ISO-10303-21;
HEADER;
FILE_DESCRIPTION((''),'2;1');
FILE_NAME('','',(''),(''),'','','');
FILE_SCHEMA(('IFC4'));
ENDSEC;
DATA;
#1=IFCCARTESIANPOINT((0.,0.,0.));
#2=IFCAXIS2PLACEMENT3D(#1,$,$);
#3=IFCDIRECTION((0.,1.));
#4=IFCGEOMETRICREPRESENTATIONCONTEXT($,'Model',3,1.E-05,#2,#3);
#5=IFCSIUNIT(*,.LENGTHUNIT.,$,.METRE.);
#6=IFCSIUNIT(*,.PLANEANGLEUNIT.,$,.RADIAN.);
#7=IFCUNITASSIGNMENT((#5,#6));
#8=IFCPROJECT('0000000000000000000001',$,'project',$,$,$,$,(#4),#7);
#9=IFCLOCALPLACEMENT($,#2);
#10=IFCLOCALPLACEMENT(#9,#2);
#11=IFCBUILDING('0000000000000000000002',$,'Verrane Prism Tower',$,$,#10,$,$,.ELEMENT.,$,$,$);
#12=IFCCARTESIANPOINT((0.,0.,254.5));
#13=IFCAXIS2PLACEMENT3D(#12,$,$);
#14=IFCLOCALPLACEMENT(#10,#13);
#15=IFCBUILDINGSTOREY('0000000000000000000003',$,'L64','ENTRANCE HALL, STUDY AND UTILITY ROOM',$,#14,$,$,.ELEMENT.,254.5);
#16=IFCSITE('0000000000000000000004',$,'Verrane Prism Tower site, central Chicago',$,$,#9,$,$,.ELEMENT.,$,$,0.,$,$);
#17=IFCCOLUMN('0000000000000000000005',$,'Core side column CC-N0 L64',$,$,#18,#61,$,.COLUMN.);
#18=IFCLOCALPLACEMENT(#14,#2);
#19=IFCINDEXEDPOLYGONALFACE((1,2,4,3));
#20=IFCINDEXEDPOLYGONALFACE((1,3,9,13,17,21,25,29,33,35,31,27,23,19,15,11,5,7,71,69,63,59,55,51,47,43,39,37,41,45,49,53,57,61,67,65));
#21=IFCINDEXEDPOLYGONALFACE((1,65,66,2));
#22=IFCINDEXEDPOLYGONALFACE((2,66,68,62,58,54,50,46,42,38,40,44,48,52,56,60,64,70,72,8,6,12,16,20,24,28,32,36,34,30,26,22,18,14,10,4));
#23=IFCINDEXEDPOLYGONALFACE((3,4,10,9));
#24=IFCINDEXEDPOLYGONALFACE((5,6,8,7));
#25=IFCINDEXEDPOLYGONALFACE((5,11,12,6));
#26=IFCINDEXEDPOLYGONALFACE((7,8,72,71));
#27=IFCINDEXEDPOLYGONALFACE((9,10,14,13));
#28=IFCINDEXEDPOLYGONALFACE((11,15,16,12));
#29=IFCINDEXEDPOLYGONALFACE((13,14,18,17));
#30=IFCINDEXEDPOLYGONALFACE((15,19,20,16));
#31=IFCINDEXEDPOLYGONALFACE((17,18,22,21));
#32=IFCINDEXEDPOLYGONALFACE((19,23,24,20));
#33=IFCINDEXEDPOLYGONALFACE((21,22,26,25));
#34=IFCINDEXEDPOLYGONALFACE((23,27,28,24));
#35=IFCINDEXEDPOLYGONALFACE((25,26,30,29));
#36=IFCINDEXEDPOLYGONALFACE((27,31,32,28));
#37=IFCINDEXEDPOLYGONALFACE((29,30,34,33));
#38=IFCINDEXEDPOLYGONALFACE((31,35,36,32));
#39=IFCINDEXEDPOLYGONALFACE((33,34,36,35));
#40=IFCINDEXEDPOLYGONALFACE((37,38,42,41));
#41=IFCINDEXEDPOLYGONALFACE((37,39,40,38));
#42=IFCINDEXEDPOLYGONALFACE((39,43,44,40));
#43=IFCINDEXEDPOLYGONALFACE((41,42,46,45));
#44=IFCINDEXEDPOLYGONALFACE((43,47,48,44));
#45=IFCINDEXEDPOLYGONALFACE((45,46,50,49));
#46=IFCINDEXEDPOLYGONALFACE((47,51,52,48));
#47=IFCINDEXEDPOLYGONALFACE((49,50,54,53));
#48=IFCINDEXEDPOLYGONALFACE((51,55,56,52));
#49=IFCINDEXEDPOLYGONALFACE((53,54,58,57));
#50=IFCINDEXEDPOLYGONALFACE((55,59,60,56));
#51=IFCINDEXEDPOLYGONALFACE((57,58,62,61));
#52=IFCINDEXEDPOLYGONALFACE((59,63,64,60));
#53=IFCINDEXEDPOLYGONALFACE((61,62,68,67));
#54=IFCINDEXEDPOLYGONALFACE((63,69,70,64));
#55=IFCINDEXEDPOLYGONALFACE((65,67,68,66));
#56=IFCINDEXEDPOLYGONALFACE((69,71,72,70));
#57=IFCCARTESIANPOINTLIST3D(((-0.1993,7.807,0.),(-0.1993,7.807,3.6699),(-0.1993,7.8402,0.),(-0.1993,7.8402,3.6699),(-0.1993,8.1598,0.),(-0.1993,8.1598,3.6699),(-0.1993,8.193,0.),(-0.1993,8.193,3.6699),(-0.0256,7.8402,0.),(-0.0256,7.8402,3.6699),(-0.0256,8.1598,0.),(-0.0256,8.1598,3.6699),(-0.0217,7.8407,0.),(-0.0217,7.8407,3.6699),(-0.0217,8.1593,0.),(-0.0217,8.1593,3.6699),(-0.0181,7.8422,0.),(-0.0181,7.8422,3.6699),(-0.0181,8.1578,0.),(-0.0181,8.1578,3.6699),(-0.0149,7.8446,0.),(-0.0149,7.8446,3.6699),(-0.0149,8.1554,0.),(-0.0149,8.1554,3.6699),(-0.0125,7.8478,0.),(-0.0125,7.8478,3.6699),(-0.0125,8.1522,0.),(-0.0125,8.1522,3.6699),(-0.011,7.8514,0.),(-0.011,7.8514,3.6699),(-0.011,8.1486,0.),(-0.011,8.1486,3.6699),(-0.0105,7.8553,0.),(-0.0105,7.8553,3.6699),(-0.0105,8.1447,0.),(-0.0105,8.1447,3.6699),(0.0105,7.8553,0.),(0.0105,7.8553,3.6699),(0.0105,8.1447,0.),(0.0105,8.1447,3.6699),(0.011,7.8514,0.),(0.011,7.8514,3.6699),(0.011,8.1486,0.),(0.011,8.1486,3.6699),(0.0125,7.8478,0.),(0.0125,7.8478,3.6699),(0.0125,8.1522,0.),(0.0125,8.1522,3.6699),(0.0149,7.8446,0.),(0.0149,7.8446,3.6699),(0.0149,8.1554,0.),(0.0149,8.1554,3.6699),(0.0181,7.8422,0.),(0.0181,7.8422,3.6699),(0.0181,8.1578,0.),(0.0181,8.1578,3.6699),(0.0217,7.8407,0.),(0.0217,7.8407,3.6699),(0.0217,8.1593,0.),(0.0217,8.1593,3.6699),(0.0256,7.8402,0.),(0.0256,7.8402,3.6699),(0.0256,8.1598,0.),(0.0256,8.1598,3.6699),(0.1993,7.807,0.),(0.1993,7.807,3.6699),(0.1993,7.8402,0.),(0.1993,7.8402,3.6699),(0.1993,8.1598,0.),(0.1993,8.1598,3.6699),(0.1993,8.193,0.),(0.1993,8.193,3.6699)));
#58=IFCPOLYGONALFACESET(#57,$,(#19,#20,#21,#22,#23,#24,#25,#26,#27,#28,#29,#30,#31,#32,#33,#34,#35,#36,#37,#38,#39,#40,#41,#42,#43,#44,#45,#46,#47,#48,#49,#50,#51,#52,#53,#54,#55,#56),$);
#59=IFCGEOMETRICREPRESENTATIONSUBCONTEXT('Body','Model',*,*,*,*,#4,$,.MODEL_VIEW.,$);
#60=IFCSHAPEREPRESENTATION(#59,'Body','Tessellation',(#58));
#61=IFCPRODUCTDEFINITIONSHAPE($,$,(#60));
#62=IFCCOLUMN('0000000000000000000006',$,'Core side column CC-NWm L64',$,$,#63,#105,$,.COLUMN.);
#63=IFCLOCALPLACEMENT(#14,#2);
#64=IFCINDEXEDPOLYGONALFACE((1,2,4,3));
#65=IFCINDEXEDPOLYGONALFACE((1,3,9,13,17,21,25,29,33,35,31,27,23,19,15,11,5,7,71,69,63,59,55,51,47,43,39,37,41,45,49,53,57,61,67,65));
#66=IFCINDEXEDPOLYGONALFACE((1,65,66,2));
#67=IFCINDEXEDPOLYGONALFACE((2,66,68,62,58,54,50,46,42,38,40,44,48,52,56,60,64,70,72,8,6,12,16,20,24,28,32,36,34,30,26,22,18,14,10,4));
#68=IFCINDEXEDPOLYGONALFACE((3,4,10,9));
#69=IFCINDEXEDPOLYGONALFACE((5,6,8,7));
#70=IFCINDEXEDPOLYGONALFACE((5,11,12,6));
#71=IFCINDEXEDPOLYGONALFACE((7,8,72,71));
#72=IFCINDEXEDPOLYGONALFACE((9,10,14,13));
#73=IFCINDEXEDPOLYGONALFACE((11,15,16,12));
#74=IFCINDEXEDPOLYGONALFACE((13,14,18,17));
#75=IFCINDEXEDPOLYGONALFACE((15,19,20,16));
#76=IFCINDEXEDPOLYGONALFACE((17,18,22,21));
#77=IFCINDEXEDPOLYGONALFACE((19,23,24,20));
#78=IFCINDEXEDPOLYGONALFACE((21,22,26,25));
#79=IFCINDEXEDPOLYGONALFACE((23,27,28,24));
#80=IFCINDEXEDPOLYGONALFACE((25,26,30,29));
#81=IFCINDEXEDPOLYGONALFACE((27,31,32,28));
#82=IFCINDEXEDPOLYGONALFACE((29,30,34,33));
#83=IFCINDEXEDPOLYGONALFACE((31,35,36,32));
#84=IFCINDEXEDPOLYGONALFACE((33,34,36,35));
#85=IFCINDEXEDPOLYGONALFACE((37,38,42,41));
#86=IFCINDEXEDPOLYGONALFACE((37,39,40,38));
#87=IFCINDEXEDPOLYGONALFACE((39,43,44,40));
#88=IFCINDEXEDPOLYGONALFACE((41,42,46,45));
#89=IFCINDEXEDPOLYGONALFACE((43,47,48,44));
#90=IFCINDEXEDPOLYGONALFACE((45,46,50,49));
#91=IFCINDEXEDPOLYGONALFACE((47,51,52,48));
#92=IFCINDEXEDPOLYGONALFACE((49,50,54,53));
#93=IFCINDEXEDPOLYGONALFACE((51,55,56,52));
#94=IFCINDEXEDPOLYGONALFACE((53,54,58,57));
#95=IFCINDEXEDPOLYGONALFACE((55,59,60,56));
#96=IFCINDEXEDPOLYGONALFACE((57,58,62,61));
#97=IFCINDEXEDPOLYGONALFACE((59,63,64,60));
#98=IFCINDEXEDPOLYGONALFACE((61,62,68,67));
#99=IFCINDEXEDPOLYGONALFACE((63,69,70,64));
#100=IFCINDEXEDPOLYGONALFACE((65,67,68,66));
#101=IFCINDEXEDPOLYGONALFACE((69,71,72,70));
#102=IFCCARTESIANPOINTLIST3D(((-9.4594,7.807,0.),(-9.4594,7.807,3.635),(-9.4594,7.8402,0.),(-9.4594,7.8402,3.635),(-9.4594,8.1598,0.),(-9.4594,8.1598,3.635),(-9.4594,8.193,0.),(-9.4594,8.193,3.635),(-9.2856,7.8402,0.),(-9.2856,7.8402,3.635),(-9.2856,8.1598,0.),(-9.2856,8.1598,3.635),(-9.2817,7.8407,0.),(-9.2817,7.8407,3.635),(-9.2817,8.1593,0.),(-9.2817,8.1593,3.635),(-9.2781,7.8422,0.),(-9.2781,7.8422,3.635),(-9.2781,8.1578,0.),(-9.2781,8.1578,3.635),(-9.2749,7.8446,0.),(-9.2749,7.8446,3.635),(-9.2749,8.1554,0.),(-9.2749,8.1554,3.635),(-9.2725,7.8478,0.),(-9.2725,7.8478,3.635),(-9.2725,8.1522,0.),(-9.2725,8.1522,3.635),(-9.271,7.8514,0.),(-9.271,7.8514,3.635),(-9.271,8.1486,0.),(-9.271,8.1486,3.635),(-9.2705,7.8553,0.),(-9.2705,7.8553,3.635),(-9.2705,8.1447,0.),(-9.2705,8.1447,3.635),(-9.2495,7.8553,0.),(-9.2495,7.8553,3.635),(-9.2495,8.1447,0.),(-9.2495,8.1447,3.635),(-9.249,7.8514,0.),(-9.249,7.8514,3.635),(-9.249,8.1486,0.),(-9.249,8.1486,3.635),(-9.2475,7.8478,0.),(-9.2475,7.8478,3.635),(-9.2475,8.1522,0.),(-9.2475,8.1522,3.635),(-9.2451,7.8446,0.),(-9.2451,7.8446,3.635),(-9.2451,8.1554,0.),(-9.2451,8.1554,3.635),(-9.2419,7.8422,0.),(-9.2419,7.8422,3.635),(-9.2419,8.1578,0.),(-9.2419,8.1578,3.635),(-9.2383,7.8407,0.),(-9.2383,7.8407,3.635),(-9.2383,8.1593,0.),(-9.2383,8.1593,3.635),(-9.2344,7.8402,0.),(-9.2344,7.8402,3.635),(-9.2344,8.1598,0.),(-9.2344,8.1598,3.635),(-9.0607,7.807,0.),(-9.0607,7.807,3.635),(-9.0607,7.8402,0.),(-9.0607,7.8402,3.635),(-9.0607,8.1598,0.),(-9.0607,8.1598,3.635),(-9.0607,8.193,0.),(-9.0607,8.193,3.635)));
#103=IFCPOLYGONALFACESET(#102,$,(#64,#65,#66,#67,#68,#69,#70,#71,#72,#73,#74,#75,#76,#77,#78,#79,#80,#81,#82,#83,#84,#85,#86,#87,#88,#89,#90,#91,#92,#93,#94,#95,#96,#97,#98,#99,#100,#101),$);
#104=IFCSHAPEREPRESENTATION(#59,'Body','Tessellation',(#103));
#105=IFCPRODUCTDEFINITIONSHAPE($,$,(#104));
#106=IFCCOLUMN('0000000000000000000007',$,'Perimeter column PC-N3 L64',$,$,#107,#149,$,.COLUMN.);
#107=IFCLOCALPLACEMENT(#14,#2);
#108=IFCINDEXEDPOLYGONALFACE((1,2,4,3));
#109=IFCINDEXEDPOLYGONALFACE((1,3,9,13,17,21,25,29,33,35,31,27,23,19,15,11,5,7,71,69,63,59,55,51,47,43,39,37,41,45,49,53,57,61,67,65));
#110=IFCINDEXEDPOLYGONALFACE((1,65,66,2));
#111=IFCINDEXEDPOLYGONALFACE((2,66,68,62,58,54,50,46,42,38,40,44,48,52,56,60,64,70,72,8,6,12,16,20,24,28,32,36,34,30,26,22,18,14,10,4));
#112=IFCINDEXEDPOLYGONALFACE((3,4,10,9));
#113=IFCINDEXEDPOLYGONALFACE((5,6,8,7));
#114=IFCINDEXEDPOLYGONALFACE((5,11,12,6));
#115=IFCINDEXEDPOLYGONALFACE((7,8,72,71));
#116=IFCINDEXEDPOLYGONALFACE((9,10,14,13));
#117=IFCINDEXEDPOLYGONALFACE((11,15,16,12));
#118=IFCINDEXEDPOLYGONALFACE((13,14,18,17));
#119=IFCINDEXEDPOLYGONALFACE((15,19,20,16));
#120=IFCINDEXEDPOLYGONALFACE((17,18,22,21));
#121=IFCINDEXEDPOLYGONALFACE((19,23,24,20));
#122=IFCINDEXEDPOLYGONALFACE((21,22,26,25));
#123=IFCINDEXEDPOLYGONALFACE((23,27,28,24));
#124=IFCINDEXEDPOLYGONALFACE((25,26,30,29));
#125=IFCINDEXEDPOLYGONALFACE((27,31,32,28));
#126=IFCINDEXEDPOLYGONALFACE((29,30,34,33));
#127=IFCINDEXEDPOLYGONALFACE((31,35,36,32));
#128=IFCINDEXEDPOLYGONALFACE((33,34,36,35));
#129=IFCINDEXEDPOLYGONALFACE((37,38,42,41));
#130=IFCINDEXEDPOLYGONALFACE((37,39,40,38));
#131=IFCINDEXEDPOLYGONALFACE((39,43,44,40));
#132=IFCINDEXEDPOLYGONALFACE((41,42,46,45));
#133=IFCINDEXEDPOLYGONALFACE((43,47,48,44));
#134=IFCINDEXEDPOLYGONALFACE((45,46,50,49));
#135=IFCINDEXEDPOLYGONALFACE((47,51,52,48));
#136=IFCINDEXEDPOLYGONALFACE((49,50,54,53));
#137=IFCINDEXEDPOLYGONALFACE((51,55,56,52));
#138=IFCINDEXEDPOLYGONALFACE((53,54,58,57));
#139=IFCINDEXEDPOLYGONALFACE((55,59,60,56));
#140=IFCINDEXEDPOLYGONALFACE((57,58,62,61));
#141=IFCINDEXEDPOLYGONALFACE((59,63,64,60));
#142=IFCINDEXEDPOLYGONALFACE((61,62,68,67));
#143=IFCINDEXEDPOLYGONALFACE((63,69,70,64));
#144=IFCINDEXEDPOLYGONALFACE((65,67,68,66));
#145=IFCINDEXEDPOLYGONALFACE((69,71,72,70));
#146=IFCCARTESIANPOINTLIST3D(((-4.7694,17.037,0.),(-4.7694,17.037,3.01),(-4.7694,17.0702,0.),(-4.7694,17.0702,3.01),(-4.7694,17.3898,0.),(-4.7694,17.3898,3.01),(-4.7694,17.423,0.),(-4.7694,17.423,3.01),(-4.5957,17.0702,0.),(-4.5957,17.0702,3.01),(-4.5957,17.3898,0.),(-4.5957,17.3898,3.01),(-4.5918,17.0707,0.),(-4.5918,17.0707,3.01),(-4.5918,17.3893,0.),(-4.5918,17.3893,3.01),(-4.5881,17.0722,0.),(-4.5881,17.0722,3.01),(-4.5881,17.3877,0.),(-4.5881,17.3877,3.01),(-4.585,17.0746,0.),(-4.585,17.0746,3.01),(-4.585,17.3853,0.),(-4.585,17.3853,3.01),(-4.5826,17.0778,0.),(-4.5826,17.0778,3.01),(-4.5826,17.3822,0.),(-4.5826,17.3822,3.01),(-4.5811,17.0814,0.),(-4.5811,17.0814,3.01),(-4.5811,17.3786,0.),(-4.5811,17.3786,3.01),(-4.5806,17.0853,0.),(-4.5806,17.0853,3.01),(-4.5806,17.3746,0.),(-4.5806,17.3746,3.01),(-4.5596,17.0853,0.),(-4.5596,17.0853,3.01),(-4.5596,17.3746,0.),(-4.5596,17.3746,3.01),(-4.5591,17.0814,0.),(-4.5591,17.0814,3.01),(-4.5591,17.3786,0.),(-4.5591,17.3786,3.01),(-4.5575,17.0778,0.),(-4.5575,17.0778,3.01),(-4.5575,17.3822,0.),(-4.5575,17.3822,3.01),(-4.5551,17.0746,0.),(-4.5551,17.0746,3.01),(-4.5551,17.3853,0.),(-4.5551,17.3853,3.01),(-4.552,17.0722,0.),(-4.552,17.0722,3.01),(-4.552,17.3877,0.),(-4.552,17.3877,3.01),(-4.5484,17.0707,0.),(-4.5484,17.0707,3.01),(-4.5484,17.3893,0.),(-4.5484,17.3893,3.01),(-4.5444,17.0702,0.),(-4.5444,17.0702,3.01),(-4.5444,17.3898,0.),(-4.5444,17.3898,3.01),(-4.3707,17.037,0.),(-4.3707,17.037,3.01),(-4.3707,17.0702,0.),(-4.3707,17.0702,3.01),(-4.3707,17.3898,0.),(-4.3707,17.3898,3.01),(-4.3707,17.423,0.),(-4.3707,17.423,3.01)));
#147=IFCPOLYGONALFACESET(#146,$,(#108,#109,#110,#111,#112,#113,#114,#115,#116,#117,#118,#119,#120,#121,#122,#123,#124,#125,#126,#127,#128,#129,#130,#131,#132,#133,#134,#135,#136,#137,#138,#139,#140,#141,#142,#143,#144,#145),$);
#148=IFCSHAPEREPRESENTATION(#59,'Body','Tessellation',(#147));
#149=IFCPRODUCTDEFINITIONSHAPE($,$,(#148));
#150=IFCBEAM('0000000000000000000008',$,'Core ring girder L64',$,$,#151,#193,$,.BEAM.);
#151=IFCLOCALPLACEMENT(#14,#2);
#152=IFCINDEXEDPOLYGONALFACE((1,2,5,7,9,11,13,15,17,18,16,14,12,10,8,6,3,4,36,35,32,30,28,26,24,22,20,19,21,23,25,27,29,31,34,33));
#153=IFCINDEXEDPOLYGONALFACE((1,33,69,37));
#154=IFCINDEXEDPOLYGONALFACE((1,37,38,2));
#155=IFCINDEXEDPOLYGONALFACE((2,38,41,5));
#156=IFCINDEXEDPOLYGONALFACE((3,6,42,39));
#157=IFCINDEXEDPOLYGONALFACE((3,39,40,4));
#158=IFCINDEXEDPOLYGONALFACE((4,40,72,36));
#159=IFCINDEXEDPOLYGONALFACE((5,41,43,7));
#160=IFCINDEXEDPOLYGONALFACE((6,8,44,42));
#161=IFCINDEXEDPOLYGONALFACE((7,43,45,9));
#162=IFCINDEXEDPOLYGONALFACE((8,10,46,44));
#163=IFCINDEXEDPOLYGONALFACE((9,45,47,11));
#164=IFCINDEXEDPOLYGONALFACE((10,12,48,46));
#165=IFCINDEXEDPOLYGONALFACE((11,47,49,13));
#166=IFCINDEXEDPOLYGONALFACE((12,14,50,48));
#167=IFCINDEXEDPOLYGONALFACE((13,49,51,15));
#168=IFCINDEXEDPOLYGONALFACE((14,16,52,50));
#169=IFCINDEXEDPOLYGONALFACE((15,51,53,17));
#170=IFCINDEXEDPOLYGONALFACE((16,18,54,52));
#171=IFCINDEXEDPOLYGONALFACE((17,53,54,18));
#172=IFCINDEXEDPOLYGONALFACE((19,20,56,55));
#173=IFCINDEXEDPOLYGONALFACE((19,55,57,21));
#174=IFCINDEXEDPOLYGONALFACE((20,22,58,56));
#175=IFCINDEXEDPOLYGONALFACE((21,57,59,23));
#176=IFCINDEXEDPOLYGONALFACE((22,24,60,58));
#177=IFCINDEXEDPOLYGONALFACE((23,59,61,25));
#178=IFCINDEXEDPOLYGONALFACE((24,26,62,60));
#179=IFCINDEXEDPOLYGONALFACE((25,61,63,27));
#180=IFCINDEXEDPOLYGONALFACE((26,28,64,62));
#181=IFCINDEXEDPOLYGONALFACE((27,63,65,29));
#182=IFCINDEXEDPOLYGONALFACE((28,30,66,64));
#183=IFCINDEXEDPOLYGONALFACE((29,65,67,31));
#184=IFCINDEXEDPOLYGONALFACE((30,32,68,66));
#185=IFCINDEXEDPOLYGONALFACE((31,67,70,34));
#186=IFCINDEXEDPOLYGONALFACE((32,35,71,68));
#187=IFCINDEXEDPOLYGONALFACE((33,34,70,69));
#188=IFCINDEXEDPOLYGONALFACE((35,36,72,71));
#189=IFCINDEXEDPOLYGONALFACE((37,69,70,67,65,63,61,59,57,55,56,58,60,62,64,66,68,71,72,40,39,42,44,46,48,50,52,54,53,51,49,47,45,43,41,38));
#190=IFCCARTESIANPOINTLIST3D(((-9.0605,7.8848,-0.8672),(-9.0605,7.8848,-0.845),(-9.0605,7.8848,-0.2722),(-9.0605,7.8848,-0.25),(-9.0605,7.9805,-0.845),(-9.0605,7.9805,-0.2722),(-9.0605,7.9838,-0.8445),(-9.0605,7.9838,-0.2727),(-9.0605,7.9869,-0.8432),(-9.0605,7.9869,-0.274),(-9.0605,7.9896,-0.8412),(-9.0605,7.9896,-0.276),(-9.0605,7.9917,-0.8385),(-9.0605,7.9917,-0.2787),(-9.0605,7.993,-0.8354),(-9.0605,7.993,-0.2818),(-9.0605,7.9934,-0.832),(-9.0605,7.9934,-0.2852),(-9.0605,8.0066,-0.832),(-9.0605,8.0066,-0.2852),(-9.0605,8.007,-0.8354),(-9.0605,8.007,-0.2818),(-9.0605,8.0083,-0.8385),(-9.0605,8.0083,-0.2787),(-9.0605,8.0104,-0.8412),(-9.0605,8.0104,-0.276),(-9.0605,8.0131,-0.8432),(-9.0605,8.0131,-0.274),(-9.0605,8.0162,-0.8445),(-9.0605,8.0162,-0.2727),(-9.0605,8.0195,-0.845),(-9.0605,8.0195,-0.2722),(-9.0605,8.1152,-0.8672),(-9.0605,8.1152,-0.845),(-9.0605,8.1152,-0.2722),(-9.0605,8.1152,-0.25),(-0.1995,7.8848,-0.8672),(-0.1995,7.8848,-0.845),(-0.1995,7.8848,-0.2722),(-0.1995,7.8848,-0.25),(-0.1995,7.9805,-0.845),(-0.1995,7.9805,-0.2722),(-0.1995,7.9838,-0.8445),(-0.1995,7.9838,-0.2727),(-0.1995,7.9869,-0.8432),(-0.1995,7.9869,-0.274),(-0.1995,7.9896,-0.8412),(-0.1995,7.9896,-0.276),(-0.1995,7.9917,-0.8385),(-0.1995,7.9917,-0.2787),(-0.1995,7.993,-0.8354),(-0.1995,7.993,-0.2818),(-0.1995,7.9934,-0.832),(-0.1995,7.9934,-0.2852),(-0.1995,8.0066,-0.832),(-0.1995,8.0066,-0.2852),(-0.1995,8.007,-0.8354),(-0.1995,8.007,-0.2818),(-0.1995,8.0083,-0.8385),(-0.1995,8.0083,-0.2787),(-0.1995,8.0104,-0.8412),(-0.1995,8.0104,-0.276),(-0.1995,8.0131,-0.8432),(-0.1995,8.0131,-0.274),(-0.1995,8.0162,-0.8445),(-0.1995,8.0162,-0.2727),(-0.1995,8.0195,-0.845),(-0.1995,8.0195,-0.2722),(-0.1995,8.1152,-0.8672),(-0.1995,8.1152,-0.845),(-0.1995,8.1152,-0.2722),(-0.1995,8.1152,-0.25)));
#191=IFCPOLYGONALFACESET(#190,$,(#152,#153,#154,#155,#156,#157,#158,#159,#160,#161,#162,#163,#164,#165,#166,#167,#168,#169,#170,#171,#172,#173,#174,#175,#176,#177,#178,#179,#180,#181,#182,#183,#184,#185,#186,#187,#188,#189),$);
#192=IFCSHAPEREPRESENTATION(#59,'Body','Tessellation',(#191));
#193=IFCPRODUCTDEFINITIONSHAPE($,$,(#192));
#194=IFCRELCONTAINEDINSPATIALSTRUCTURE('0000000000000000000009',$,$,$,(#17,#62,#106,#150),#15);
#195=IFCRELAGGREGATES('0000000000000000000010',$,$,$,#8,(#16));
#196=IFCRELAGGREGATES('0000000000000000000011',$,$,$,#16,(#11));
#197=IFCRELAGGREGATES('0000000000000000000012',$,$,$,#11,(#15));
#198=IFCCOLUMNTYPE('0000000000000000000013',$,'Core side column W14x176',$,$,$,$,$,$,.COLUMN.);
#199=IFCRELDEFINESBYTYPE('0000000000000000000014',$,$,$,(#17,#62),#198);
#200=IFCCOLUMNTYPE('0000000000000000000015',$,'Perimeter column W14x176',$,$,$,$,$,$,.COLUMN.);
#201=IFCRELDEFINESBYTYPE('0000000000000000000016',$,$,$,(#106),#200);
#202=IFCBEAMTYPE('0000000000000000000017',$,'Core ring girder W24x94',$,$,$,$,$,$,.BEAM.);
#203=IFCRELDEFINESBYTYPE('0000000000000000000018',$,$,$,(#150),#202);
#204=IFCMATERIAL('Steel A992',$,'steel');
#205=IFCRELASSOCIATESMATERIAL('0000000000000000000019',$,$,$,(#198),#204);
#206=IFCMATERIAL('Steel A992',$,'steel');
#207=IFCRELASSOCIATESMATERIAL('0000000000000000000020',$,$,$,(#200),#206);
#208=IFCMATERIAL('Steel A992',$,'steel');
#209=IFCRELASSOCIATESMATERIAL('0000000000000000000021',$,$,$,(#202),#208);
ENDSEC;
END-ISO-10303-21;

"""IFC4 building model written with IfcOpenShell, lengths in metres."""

from ifc_helpers import new_model, si_unit, direction, frame, origin, origin_2d, place, context, subcontext, project, spatial, i_section, extrude, material, material_profile, profile_set, type_object, element, save


model = new_model("IFC4")

# Units and contexts
model_context = context("Model", 3, precision=1e-05, world=origin(), true_north=direction((0.0, 1.0)))
body_context = subcontext(model_context, "Body", "Model", "MODEL_VIEW")
ifc_project = project(units=[si_unit("LENGTHUNIT", "METRE"), si_unit("PLANEANGLEUNIT", "RADIAN")], contexts=[model_context])

# Site, building, storey
site_placement = place(None, origin())
site = spatial("IfcSite", under=ifc_project, at=site_placement, Name="Verrane Prism Tower site, central Chicago", CompositionType="ELEMENT", RefElevation=0.0)
building_placement = place(site_placement, origin())
building = spatial("IfcBuilding", under=site, at=building_placement, Name="Verrane Prism Tower", CompositionType="ELEMENT")
storey_placement = place(building_placement, frame((0.0, 0.0, 254.5)))
storey = spatial("IfcBuildingStorey", under=building, at=storey_placement, Name="L64", Description="ENTRANCE HALL, STUDY AND UTILITY ROOM", CompositionType="ELEMENT", Elevation=254.5)

# Columns
ifc_material_1 = material(Name="Steel A992", Category="steel")
ifc_material_profile_1 = material_profile(ifc_material_1, i_section(OverallWidth=0.3987, OverallDepth=0.386, WebThickness=0.021, FlangeThickness=0.0332, FilletRadius=0.0151, at=origin_2d()), Name="W14x176")
ifc_profile_set_1 = profile_set([ifc_material_profile_1], Name="Steel A992")
column_type_1 = type_object("IfcColumnType", Name="Core side column W14x176", PredefinedType="COLUMN", material=ifc_profile_set_1)
column_1_placement = place(storey_placement, frame((0.0, 8.0, 0.0), z_axis=(0.0, 0.0, 1.0), x_axis=(1.0, 0.0, 0.0)))
element("IfcColumn", 1, at=column_1_placement, inside=storey, type_object=column_type_1, Name="Core side column CC-N0 L64", PredefinedType="COLUMN", context=body_context, shape_type="SweptSolid", body=[
    extrude(i_section(OverallWidth=0.3987, OverallDepth=0.386, WebThickness=0.021, FlangeThickness=0.0332, FilletRadius=0.0151, at=origin_2d()), origin(), (0.0, 0.0, 1.0), 3.6699),
])
column_2_placement = place(storey_placement, frame((-9.26, 8.0, 0.0), z_axis=(0.0, 0.0, 1.0), x_axis=(1.0, 0.0, 0.0)))
element("IfcColumn", 2, at=column_2_placement, inside=storey, type_object=column_type_1, Name="Core side column CC-NWm L64", PredefinedType="COLUMN", context=body_context, shape_type="SweptSolid", body=[
    extrude(i_section(OverallWidth=0.3987, OverallDepth=0.386, WebThickness=0.021, FlangeThickness=0.0332, FilletRadius=0.0151, at=origin_2d()), origin(), (0.0, 0.0, 1.0), 3.635),
])
ifc_material_2 = material(Name="Steel A992", Category="steel")
ifc_material_profile_2 = material_profile(ifc_material_2, i_section(OverallWidth=0.3987, OverallDepth=0.386, WebThickness=0.021, FlangeThickness=0.0332, FilletRadius=0.0151, at=origin_2d()), Name="W14x176")
ifc_profile_set_2 = profile_set([ifc_material_profile_2], Name="Steel A992")
column_type_2 = type_object("IfcColumnType", Name="Perimeter column W14x176", PredefinedType="COLUMN", material=ifc_profile_set_2)
column_3_placement = place(storey_placement, frame((-4.5701, 17.23, 0.0), z_axis=(0.0, 0.0, 1.0), x_axis=(1.0, 0.0, 0.0)))
element("IfcColumn", 3, at=column_3_placement, inside=storey, type_object=column_type_2, Name="Perimeter column PC-N3 L64", PredefinedType="COLUMN", context=body_context, shape_type="SweptSolid", body=[
    extrude(i_section(OverallWidth=0.3987, OverallDepth=0.386, WebThickness=0.021, FlangeThickness=0.0332, FilletRadius=0.0151, at=origin_2d()), origin(), (0.0, 0.0, 1.0), 3.01),
])

# Beam
ifc_material_3 = material(Name="Steel A992", Category="steel")
ifc_material_profile_3 = material_profile(ifc_material_3, i_section(OverallWidth=0.2305, OverallDepth=0.6172, WebThickness=0.0132, FlangeThickness=0.0222, FilletRadius=0.0129, at=origin_2d()), Name="W24x94")
ifc_profile_set_3 = profile_set([ifc_material_profile_3], Name="Steel A992")
beam_type_1 = type_object("IfcBeamType", Name="Core ring girder W24x94", PredefinedType="BEAM", material=ifc_profile_set_3)
beam_1_placement = place(storey_placement, frame((-0.1995, 8.0, -0.5586), z_axis=(-1.0, 0.0, 0.0), x_axis=(0.0, -1.0, 0.0)))
element("IfcBeam", 4, at=beam_1_placement, inside=storey, type_object=beam_type_1, Name="Core ring girder L64", PredefinedType="BEAM", context=body_context, shape_type="SweptSolid", body=[
    extrude(i_section(OverallWidth=0.2305, OverallDepth=0.6172, WebThickness=0.0132, FlangeThickness=0.0222, FilletRadius=0.0129, at=origin_2d()), origin(), (0.0, 0.0, 1.0), 8.8611),
])

save(model, "model.ifc")
